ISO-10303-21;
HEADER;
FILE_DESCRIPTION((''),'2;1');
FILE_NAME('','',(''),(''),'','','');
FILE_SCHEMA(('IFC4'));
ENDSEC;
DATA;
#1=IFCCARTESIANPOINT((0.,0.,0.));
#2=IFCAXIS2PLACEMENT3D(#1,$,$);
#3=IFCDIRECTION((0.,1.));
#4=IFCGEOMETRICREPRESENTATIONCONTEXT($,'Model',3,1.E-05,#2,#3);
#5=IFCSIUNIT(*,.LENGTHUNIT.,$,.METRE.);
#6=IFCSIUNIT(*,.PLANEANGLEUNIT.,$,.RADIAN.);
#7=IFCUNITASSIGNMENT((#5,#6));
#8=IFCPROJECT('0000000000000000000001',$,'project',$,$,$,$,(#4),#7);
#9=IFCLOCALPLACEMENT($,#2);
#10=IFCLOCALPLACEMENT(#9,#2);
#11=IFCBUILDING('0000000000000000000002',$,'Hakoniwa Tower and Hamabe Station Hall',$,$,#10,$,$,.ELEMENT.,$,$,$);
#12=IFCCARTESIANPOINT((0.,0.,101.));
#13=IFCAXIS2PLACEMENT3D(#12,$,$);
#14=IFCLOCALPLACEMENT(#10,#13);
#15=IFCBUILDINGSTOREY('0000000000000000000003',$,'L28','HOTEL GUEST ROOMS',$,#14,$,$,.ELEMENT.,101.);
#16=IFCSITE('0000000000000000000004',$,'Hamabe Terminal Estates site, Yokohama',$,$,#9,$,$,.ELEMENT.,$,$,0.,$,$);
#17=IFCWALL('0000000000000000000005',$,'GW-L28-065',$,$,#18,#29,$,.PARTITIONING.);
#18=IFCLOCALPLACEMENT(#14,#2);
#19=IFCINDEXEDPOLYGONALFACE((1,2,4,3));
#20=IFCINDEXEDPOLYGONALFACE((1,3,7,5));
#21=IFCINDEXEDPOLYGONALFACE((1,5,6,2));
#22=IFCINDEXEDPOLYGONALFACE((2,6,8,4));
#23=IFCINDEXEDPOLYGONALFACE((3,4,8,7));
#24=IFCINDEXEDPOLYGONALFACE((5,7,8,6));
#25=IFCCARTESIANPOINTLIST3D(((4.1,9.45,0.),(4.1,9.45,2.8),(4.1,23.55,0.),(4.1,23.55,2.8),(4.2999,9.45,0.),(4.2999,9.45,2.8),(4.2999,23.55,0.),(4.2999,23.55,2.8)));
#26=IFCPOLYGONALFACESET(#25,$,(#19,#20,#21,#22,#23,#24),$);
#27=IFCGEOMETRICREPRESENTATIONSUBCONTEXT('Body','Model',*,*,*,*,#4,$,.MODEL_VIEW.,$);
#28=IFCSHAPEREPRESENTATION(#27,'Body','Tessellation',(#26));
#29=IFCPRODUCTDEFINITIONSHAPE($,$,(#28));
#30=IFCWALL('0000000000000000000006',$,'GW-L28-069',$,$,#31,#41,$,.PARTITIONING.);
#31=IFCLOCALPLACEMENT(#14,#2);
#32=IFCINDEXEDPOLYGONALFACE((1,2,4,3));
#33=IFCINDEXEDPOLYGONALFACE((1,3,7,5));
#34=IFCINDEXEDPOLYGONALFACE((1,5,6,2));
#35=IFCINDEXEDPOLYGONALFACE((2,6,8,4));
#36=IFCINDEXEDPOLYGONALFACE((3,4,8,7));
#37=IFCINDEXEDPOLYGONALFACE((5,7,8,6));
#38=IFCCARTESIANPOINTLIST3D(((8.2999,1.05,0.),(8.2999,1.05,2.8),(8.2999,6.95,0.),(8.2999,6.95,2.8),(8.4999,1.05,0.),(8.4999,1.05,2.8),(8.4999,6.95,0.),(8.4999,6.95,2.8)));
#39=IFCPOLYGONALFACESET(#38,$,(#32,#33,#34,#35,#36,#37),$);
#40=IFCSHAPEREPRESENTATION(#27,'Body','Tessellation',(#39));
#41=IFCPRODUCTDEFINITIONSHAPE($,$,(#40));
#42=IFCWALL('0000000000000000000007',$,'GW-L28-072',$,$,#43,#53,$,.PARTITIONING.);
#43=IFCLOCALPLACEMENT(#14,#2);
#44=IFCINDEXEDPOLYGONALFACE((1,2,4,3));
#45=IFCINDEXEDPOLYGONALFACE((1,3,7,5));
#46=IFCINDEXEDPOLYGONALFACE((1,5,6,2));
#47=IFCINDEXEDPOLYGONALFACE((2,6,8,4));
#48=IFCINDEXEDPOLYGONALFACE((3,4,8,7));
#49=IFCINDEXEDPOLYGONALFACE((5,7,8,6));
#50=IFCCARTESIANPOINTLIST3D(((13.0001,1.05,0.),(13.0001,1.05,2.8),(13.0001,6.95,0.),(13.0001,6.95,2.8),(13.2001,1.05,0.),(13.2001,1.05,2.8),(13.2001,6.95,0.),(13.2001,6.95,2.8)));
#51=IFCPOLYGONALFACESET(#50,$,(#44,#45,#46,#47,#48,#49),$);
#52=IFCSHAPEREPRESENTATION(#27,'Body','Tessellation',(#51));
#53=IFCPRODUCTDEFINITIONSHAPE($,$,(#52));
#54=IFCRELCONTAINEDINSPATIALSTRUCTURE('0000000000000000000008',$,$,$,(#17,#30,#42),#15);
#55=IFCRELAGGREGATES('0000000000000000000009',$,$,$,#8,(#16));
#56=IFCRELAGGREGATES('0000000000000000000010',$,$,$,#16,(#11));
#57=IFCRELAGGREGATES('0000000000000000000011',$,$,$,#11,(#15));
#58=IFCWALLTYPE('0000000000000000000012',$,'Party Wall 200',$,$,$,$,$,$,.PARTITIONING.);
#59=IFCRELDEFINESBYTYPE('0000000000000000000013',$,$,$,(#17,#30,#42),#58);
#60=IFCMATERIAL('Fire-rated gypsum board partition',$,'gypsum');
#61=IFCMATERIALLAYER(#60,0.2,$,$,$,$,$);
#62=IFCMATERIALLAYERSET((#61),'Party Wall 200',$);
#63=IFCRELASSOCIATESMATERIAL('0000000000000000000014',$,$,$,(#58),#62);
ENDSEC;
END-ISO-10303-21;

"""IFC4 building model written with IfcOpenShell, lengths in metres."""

from ifc_helpers import new_model, si_unit, direction, frame, frame_2d, origin, place, context, subcontext, project, spatial, rectangle, extrude, material, layer, layer_set, type_object, element, save


model = new_model("IFC4")

# Units and contexts
model_context = context("Model", 3, precision=1e-05, world=origin(), true_north=direction((0.0, 1.0)))
body_context = subcontext(model_context, "Body", "Model", "MODEL_VIEW")
ifc_project = project(units=[si_unit("LENGTHUNIT", "METRE"), si_unit("PLANEANGLEUNIT", "RADIAN")], contexts=[model_context])

# Site, building, storey
site_placement = place(None, origin())
site = spatial("IfcSite", under=ifc_project, at=site_placement, Name="Hamabe Terminal Estates site, Yokohama", CompositionType="ELEMENT", RefElevation=0.0)
building_placement = place(site_placement, origin())
building = spatial("IfcBuilding", under=site, at=building_placement, Name="Hakoniwa Tower and Hamabe Station Hall", CompositionType="ELEMENT")
storey_placement = place(building_placement, frame((0.0, 0.0, 101.0)))
storey = spatial("IfcBuildingStorey", under=building, at=storey_placement, Name="L28", Description="HOTEL GUEST ROOMS", CompositionType="ELEMENT", Elevation=101.0)

# Walls
ifc_material_1 = material(Name="Fire-rated gypsum board partition", Category="gypsum")
ifc_layer_1 = layer(ifc_material_1, 0.2)
ifc_layer_set_1 = layer_set([ifc_layer_1], Name="Party Wall 200")
wall_type_1 = type_object("IfcWallType", Name="Party Wall 200", PredefinedType="PARTITIONING", material=ifc_layer_set_1)
wall_1_placement = place(storey_placement, frame((4.2, 9.45, 0.0), z_axis=(0.0, 0.0, 1.0), x_axis=(0.0, 1.0, 0.0)))
element("IfcWall", 1, at=wall_1_placement, inside=storey, type_object=wall_type_1, Name="GW-L28-065", PredefinedType="PARTITIONING", context=body_context, shape_type="SweptSolid", body=[
    extrude(rectangle(XDim=14.1001, YDim=0.2, at=frame_2d((7.05, 0.0))), origin(), (0.0, 0.0, 1.0), 2.8),
])
for number, where, z_axis, x_axis, name in (
    (2, (8.3999, 1.05, 0.0), (0.0, 0.0, 1.0), (0.0, 1.0, 0.0), "GW-L28-069"),
    (3, (13.1001, 1.05, 0.0), (0.0, 0.0, 1.0), (0.0, 1.0, 0.0), "GW-L28-072"),
):
    element("IfcWall", number, at=place(storey_placement, frame(where, z_axis=z_axis, x_axis=x_axis)), inside=storey, type_object=wall_type_1, Name=name, PredefinedType="PARTITIONING", context=body_context, shape_type="SweptSolid", body=[
        extrude(rectangle(XDim=5.8999, YDim=0.2, at=frame_2d((2.95, 0.0))), origin(), (0.0, 0.0, 1.0), 2.8),
    ])

save(model, "model.ifc")
